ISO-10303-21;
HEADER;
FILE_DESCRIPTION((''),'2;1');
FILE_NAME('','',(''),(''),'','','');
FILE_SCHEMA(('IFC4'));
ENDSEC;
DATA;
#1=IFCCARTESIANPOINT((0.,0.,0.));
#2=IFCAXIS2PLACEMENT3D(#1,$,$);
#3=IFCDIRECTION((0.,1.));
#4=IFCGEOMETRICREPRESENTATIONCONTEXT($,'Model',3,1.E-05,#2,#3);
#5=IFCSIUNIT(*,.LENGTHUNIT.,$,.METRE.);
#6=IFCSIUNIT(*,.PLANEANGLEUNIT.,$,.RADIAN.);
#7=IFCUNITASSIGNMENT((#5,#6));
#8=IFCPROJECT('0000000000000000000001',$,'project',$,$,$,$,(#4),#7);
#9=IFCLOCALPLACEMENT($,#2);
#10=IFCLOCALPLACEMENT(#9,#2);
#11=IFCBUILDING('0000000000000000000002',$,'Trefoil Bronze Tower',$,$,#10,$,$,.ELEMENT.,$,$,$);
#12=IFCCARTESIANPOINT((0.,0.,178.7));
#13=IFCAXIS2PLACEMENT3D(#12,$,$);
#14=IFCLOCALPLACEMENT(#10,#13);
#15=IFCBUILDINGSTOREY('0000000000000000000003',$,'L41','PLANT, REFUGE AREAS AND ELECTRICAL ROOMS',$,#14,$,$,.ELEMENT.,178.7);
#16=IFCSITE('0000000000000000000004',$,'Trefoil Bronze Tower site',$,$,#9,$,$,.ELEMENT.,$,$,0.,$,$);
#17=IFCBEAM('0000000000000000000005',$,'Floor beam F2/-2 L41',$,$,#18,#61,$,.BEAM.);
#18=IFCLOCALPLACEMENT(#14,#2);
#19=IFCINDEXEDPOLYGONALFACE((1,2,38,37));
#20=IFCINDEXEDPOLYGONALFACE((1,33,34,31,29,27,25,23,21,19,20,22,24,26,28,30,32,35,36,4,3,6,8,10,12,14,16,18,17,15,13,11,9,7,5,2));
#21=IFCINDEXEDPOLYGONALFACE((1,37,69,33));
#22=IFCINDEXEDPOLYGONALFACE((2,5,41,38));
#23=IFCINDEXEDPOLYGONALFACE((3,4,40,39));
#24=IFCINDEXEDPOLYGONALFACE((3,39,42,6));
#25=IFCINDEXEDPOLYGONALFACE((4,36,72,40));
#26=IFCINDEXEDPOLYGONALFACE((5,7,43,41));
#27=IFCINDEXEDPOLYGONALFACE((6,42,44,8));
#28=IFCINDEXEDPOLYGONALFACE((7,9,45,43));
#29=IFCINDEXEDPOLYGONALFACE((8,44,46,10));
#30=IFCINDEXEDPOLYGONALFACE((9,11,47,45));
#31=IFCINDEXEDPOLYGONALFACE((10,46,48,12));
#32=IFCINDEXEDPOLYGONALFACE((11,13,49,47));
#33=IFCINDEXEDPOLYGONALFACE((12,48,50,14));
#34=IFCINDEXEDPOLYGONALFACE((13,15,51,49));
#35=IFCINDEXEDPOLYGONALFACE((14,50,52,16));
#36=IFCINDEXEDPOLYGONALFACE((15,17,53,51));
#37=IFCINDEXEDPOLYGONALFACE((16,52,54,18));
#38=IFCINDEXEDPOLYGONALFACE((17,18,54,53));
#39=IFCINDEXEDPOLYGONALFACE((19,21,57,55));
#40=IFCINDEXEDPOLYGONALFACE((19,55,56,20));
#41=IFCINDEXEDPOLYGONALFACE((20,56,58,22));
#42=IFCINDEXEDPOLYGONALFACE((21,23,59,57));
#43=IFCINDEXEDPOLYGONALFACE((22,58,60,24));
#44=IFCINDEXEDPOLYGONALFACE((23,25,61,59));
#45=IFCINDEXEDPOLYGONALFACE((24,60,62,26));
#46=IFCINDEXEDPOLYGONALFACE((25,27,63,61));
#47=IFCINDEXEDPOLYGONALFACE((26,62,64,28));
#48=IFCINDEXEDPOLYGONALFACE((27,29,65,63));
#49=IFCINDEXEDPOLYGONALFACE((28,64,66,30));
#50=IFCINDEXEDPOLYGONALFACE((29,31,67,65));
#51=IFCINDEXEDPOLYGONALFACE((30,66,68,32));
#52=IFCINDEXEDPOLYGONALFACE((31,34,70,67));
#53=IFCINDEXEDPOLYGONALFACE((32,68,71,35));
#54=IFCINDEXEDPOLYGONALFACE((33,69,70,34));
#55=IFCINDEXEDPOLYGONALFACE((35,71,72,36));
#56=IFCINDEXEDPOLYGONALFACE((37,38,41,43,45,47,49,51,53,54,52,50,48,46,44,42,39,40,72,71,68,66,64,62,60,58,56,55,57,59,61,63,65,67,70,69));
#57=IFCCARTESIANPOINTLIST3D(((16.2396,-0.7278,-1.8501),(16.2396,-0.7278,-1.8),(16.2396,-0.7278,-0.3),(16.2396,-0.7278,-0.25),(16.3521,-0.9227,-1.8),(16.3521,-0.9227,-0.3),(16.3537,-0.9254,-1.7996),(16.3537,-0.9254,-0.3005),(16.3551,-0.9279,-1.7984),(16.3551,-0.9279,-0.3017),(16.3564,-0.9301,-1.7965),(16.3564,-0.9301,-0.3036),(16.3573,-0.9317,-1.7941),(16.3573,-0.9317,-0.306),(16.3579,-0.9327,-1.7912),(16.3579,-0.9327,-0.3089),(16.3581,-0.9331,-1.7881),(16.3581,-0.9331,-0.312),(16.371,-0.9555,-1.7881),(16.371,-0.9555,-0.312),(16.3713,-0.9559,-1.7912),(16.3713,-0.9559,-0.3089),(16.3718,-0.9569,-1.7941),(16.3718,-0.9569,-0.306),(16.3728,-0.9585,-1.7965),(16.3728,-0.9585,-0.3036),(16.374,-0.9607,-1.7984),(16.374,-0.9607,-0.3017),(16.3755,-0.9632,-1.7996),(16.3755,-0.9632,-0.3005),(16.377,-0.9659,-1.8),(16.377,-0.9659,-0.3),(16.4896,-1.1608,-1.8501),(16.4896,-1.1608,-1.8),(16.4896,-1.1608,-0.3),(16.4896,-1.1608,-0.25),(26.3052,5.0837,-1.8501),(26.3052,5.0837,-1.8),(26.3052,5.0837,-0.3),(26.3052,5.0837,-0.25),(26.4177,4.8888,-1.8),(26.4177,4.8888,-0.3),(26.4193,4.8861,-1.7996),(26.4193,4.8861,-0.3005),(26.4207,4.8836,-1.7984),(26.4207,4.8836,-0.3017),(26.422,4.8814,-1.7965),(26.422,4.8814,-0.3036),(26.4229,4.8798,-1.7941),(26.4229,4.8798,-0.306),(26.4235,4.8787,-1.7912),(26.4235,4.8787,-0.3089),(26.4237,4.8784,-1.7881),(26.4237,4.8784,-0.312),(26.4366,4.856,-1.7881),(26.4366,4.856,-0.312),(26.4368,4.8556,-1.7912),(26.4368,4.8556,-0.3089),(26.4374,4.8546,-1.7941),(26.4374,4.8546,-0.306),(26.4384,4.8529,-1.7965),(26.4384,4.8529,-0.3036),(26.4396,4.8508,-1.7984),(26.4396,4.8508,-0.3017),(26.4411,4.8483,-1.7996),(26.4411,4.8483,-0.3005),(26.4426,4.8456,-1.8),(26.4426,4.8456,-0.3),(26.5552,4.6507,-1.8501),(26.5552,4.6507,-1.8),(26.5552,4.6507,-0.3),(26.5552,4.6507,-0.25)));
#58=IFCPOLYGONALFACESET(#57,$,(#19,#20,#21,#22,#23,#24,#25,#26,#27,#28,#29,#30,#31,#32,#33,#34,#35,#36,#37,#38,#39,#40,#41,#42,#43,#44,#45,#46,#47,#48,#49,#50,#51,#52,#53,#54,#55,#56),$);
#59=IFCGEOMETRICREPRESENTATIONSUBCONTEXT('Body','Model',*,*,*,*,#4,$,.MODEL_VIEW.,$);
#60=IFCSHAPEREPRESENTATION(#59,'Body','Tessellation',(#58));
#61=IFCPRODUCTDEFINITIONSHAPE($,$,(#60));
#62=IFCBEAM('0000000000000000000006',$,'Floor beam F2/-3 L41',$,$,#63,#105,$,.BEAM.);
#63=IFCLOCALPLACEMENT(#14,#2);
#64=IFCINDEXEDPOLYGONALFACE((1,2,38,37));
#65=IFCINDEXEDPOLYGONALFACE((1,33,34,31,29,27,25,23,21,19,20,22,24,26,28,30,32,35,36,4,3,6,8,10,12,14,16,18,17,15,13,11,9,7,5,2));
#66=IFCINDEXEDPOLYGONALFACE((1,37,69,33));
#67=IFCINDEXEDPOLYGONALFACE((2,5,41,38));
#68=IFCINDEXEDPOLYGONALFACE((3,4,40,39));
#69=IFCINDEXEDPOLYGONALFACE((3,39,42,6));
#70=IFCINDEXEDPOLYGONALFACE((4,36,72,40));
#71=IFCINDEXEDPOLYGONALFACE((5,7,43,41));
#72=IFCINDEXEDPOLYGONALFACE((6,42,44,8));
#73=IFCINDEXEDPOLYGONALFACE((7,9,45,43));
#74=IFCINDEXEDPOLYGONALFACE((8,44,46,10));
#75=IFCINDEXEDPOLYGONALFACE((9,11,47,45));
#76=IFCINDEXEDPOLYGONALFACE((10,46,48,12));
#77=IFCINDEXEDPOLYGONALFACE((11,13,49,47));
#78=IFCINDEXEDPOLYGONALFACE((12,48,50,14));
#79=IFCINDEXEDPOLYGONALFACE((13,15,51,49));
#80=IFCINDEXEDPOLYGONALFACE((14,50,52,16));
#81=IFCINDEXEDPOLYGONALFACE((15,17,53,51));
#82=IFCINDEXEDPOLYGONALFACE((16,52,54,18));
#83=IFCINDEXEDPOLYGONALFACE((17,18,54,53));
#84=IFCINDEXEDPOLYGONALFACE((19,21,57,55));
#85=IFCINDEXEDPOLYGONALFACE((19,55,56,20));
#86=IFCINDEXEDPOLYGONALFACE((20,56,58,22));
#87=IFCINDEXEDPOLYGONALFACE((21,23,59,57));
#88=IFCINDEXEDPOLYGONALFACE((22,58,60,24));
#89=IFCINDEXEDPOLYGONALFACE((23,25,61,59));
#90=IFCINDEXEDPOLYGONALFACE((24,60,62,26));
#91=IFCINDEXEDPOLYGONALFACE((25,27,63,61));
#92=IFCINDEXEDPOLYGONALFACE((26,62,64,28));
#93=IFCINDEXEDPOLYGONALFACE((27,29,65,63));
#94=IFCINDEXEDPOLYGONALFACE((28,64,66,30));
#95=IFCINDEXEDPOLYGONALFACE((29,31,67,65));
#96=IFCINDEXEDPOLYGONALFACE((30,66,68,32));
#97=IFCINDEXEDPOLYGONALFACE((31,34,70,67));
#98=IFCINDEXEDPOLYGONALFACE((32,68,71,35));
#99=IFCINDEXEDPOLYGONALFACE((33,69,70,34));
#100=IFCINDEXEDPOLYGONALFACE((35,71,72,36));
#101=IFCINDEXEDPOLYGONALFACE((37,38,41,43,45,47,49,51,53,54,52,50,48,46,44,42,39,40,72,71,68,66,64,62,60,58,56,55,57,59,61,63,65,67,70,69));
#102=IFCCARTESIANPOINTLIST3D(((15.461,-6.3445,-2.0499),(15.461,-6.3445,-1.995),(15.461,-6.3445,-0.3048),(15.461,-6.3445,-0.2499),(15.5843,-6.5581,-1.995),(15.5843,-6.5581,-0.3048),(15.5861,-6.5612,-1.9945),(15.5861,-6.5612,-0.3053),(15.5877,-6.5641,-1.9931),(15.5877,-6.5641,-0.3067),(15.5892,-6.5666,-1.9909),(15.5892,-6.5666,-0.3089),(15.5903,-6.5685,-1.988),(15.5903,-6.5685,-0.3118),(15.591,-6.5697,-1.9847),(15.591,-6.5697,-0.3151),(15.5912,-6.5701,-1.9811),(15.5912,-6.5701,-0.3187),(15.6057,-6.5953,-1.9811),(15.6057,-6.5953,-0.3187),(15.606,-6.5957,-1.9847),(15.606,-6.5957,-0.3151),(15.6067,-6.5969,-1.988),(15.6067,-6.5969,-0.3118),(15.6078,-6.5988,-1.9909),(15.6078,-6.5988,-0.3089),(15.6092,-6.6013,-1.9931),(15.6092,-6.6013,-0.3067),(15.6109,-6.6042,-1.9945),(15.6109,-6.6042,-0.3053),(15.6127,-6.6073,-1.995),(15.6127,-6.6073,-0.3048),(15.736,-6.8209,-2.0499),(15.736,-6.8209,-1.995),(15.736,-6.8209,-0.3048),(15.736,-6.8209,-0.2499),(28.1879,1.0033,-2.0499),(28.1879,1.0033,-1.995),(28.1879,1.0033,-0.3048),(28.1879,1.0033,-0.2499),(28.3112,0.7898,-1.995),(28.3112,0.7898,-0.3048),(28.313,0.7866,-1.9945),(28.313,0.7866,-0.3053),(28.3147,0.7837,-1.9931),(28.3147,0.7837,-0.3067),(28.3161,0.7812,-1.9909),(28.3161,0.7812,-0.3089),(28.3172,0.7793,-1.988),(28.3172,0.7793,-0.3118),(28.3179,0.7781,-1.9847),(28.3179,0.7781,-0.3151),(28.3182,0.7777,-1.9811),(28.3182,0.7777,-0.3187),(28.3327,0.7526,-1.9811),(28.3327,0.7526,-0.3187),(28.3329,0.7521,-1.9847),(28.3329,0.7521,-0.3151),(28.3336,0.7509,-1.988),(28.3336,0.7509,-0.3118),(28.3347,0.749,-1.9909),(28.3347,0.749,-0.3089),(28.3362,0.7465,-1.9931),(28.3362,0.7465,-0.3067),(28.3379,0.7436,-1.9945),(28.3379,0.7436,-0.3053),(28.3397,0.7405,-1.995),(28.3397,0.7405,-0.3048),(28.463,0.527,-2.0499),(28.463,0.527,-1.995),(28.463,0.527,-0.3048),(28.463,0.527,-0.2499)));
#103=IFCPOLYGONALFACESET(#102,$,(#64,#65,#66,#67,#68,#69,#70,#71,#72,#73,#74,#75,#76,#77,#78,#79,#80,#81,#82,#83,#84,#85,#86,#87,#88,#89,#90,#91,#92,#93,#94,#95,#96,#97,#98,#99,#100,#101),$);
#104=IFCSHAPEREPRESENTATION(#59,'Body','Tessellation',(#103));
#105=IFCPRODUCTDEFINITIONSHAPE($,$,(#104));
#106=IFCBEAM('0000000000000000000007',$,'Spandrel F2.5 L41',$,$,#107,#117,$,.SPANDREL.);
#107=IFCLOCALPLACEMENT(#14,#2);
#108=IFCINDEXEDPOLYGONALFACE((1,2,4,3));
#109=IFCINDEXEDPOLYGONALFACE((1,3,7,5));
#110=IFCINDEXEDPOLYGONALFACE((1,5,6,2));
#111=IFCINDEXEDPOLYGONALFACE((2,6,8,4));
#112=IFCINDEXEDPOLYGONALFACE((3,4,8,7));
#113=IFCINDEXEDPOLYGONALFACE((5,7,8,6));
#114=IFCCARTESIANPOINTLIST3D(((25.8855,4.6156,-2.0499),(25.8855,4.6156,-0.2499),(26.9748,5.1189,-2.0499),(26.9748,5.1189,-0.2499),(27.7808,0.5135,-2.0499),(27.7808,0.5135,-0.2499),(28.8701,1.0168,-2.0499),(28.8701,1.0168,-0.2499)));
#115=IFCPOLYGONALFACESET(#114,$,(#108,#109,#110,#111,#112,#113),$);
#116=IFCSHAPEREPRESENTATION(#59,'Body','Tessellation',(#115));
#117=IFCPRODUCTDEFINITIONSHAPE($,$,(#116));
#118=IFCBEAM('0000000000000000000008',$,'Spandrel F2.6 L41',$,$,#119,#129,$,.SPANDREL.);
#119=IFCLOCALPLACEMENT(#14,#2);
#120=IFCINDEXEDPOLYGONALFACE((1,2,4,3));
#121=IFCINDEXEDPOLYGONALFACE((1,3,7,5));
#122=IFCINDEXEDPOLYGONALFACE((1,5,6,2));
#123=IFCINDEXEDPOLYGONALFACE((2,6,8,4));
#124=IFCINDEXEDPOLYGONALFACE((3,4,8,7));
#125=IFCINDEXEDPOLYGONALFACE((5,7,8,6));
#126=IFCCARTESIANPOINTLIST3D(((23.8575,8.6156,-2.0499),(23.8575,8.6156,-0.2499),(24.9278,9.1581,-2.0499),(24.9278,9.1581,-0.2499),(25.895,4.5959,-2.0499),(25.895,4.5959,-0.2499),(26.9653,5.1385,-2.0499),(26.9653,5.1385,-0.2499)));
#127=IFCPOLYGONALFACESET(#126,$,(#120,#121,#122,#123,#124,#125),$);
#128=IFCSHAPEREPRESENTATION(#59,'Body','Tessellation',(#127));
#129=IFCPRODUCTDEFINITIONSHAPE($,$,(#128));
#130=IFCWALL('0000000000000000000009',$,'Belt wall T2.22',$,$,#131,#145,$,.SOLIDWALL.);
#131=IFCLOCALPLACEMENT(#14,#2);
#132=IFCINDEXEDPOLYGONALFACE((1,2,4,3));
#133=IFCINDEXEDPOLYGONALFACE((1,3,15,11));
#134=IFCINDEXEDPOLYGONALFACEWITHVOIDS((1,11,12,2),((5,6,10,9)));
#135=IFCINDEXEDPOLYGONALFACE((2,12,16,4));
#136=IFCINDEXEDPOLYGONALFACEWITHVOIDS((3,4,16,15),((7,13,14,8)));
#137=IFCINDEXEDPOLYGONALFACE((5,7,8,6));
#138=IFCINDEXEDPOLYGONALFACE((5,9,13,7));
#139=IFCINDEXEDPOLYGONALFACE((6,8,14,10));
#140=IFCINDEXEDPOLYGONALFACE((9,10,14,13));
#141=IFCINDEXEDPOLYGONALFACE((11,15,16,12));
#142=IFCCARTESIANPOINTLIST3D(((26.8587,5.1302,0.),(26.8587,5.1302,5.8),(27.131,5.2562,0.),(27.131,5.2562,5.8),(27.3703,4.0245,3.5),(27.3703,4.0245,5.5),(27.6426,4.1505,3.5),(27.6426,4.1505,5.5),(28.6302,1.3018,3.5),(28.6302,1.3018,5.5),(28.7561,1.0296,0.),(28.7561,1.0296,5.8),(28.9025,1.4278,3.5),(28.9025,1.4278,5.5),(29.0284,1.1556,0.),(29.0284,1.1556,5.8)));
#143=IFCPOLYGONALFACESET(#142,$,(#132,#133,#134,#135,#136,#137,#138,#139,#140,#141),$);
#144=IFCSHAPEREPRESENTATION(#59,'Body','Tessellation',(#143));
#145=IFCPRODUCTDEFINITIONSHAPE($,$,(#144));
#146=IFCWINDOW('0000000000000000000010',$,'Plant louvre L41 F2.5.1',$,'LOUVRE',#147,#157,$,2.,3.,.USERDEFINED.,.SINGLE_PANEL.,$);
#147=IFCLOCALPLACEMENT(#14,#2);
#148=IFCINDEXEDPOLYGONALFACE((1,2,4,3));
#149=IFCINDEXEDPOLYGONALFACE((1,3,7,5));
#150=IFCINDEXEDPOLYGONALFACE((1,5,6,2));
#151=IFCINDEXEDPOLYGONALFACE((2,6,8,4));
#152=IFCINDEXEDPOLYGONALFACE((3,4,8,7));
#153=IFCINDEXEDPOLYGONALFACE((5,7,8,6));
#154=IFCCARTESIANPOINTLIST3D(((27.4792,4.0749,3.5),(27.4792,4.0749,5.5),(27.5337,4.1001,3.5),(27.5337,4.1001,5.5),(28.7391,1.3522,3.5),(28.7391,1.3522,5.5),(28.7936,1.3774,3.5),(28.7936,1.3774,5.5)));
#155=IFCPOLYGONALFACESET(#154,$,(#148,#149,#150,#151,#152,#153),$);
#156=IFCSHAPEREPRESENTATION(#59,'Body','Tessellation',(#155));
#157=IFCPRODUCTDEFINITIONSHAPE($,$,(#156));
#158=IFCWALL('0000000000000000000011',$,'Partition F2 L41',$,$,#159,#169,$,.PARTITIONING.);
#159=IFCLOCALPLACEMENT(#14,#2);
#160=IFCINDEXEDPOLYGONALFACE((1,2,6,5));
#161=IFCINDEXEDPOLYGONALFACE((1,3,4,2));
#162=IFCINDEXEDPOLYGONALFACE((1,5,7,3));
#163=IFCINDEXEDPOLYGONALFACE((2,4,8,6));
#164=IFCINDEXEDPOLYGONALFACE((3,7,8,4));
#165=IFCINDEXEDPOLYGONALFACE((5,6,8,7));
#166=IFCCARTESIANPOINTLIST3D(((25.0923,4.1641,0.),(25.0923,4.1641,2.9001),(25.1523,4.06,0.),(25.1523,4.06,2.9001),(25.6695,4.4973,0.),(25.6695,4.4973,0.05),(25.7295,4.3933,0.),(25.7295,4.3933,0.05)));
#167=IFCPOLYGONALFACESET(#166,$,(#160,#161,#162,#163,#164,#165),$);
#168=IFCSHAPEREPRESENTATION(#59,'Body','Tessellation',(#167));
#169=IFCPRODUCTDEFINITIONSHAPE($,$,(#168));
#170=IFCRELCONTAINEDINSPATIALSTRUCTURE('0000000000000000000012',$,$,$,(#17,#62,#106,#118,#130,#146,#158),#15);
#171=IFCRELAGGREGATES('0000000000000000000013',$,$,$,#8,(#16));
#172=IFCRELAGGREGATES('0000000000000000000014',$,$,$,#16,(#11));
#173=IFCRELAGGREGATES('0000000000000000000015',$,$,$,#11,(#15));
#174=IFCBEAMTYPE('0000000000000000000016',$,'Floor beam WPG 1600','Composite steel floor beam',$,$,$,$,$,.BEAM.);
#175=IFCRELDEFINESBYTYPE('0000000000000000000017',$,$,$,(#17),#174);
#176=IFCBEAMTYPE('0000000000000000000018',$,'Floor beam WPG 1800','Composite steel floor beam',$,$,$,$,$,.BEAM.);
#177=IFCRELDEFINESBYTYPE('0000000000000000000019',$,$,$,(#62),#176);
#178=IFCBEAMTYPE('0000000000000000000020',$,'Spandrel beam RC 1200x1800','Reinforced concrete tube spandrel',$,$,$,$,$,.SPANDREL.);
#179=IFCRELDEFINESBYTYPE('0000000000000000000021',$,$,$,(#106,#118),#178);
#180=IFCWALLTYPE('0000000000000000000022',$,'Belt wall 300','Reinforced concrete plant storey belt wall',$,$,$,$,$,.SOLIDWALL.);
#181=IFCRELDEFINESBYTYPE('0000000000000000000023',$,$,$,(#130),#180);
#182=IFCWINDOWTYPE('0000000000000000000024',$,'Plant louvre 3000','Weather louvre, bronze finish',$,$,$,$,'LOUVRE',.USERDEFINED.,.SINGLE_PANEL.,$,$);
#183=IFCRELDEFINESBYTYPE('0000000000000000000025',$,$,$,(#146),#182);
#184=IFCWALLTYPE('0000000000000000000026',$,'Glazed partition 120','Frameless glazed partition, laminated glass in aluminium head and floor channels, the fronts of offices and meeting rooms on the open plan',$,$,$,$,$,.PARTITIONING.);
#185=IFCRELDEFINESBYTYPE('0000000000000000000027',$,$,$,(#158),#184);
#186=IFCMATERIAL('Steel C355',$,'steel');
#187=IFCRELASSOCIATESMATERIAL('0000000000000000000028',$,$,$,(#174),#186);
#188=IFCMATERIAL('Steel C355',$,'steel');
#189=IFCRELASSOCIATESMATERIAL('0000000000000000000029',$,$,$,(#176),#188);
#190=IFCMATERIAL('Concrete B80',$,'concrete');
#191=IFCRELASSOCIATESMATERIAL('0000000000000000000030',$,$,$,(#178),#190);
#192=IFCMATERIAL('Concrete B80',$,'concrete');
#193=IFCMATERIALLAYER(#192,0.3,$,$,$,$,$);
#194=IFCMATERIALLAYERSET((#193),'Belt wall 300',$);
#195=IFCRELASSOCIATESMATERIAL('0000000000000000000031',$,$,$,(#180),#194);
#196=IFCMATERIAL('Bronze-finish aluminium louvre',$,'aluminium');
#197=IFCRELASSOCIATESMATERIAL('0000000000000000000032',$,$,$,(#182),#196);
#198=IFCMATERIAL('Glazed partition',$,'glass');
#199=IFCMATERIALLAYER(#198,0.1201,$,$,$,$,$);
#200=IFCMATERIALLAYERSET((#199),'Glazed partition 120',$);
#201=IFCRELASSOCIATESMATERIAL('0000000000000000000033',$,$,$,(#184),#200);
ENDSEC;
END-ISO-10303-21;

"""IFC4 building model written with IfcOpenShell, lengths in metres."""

from ifc_helpers import new_model, si_unit, direction, frame, frame_2d, origin, origin_2d, place, context, subcontext, project, spatial, polyline, rectangle, i_section, outline, extrude, material, layer, layer_set, material_profile, profile_set, type_object, element, fill, save


model = new_model("IFC4")

# Units and contexts
model_context = context("Model", 3, precision=1e-05, world=origin(), true_north=direction((0.0, 1.0)))
body_context = subcontext(model_context, "Body", "Model", "MODEL_VIEW")
ifc_project = project(units=[si_unit("LENGTHUNIT", "METRE"), si_unit("PLANEANGLEUNIT", "RADIAN")], contexts=[model_context])

# Site, building, storey
site_placement = place(None, origin())
site = spatial("IfcSite", under=ifc_project, at=site_placement, Name="Trefoil Bronze Tower site", CompositionType="ELEMENT", RefElevation=0.0)
building_placement = place(site_placement, origin())
building = spatial("IfcBuilding", under=site, at=building_placement, Name="Trefoil Bronze Tower", CompositionType="ELEMENT")
storey_placement = place(building_placement, frame((0.0, 0.0, 178.7)))
storey = spatial("IfcBuildingStorey", under=building, at=storey_placement, Name="L41", Description="PLANT, REFUGE AREAS AND ELECTRICAL ROOMS", CompositionType="ELEMENT", Elevation=178.7)

# Beams
ifc_material_1 = material(Name="Steel C355", Category="steel")
ifc_material_profile_1 = material_profile(ifc_material_1, i_section(OverallWidth=0.5, OverallDepth=1.6001, WebThickness=0.0259, FlangeThickness=0.05, FilletRadius=0.012, at=origin_2d()), Name="WPG 1600")
ifc_profile_set_1 = profile_set([ifc_material_profile_1], Name="Steel C355")
beam_type_1 = type_object("IfcBeamType", Name="Floor beam WPG 1600", Description="Composite steel floor beam", PredefinedType="BEAM", material=ifc_profile_set_1)
beam_1_placement = place(storey_placement, frame((26.4302, 4.8672, -1.05), z_axis=(-0.866022, -0.500007, 0.0), x_axis=(0.500007, -0.866022, 0.0)))
element("IfcBeam", 1, at=beam_1_placement, inside=storey, type_object=beam_type_1, Name="Floor beam F2/-2 L41", PredefinedType="BEAM", context=body_context, shape_type="SweptSolid", body=[
    extrude(i_section(OverallWidth=0.5, OverallDepth=1.6001, WebThickness=0.0259, FlangeThickness=0.05, FilletRadius=0.012, at=origin_2d()), origin(), (0.0, 0.0, 1.0), 11.6228),
])
ifc_material_2 = material(Name="Steel C355", Category="steel")
ifc_material_profile_2 = material_profile(ifc_material_2, i_section(OverallWidth=0.55, OverallDepth=1.8, WebThickness=0.0291, FlangeThickness=0.0549, FilletRadius=0.0139, at=origin_2d()), Name="WPG 1800")
ifc_profile_set_2 = profile_set([ifc_material_profile_2], Name="Steel C355")
beam_type_2 = type_object("IfcBeamType", Name="Floor beam WPG 1800", Description="Composite steel floor beam", PredefinedType="BEAM", material=ifc_profile_set_2)
beam_2_placement = place(storey_placement, frame((28.3254, 0.7651, -1.1499), z_axis=(-0.866027, -0.499997, 0.0), x_axis=(0.499997, -0.866027, 0.0)))
element("IfcBeam", 2, at=beam_2_placement, inside=storey, type_object=beam_type_2, Name="Floor beam F2/-3 L41", PredefinedType="BEAM", context=body_context, shape_type="SweptSolid", body=[
    extrude(i_section(OverallWidth=0.55, OverallDepth=1.8, WebThickness=0.0291, FlangeThickness=0.0549, FilletRadius=0.0139, at=origin_2d()), origin(), (0.0, 0.0, 1.0), 14.6958),
])
ifc_material_3 = material(Name="Concrete B80", Category="concrete")
ifc_material_profile_3 = material_profile(ifc_material_3, rectangle(XDim=1.2, YDim=1.8, at=origin_2d()), Name="RC 1200x1800")
ifc_profile_set_3 = profile_set([ifc_material_profile_3], Name="Concrete B80")
beam_type_3 = type_object("IfcBeamType", Name="Spandrel beam RC 1200x1800", Description="Reinforced concrete tube spandrel", PredefinedType="SPANDREL", material=ifc_profile_set_3)
beam_3_placement = place(storey_placement, frame((28.3254, 0.7651, -1.1499), z_axis=(-0.419425, 0.90779, 0.0), x_axis=(-0.90779, -0.419425, 0.0)))
element("IfcBeam", 3, at=beam_3_placement, inside=storey, type_object=beam_type_3, Name="Spandrel F2.5 L41", PredefinedType="SPANDREL", context=body_context, shape_type="SweptSolid", body=[
    extrude(rectangle(XDim=1.2, YDim=1.8, at=origin_2d()), origin(), (0.0, 0.0, 1.0), 4.5188),
])
beam_4_placement = place(storey_placement, frame((26.4302, 4.8672, -1.1499), z_axis=(-0.452126, 0.891954, 0.0), x_axis=(-0.891954, -0.452126, 0.0)))
element("IfcBeam", 4, at=beam_4_placement, inside=storey, type_object=beam_type_3, Name="Spandrel F2.6 L41", PredefinedType="SPANDREL", context=body_context, shape_type="SweptSolid", body=[
    extrude(rectangle(XDim=1.2, YDim=1.8, at=origin_2d()), origin(), (0.0, 0.0, 1.0), 4.5066),
])

# Wall, opening, window
ifc_material_4 = material(Name="Concrete B80", Category="concrete")
ifc_layer_1 = layer(ifc_material_4, 0.3)
ifc_layer_set_1 = layer_set([ifc_layer_1], Name="Belt wall 300")
wall_type_1 = type_object("IfcWallType", Name="Belt wall 300", Description="Reinforced concrete plant storey belt wall", PredefinedType="SOLIDWALL", material=ifc_layer_set_1)
wall_1_placement = place(storey_placement, frame((28.8923, 1.0925, 0.0), z_axis=(0.0, 0.0, 1.0), x_axis=(-0.419949, 0.907548, 0.0)))
wall_1 = element("IfcWall", 5, at=wall_1_placement, inside=storey, type_object=wall_type_1, Name="Belt wall T2.22", PredefinedType="SOLIDWALL", context=body_context, shape_type="SweptSolid", body=[
    extrude(rectangle(XDim=4.5183, YDim=0.3, at=frame_2d((2.2593, 0.0))), origin(), (0.0, 0.0, 1.0), 5.8),
])
opening_placement = place(wall_1_placement, frame((0.3, 0.0, 3.5)))
opening = element("IfcOpeningElement", 6, at=opening_placement, cuts=wall_1, PredefinedType="OPENING", context=body_context, shape_type="SweptSolid", body=[
    extrude(rectangle(XDim=3.0, YDim=2.0, at=frame_2d((1.5, 1.0))), frame((0.0, 0.1599, 0.0), z_axis=(0.0, -1.0, 0.0), x_axis=(1.0, 0.0, 0.0)), (0.0, 0.0, 1.0), 0.3201),
])
ifc_material_5 = material(Name="Bronze-finish aluminium louvre", Category="aluminium")
window_type = type_object("IfcWindowType", Name="Plant louvre 3000", Description="Weather louvre, bronze finish", ElementType="LOUVRE", PartitioningType="SINGLE_PANEL", PredefinedType="USERDEFINED", material=ifc_material_5)
window_placement = place(opening_placement, origin())
window = element("IfcWindow", 7, at=window_placement, inside=storey, type_object=window_type, Name="Plant louvre L41 F2.5.1", ObjectType="LOUVRE", OverallHeight=2.0, OverallWidth=3.0, PartitioningType="SINGLE_PANEL", PredefinedType="USERDEFINED", context=body_context, shape_type="SweptSolid", body=[
    extrude(rectangle(XDim=3.0, YDim=2.0, at=frame_2d((1.5, 1.0))), frame((0.0, 0.03, 0.0), z_axis=(0.0, -1.0, 0.0), x_axis=(1.0, 0.0, 0.0)), (0.0, 0.0, 1.0), 0.0601),
])
fill(opening, window)

# Wall
ifc_material_6 = material(Name="Glazed partition", Category="glass")
ifc_layer_2 = layer(ifc_material_6, 0.1201)
ifc_layer_set_2 = layer_set([ifc_layer_2], Name="Glazed partition 120")
wall_type_2 = type_object("IfcWallType", Name="Glazed partition 120", Description="Frameless glazed partition, laminated glass in aluminium head and floor channels, the fronts of offices and meeting rooms on the open plan", PredefinedType="PARTITIONING", material=ifc_layer_set_2)
wall_2_placement = place(storey_placement, frame((25.1223, 4.1121, 0.0), z_axis=(0.0, 0.0, 1.0), x_axis=(0.866003, 0.50004, 0.0)))
element("IfcWall", 8, at=wall_2_placement, inside=storey, type_object=wall_type_2, Name="Partition F2 L41", PredefinedType="PARTITIONING", context=body_context, shape_type="SweptSolid", body=[
    extrude(outline(polyline([(0.0, 0.0), (0.6665, 0.0), (0.6665, 0.05), (0.0, 2.9001), (0.0, 0.0)])), frame((0.0, 0.0601, 0.0), z_axis=(0.0, -1.0, 0.0), x_axis=(1.0, 0.0, 0.0)), (0.0, 0.0, 1.0), 0.1201),
])

save(model, "model.ifc")
